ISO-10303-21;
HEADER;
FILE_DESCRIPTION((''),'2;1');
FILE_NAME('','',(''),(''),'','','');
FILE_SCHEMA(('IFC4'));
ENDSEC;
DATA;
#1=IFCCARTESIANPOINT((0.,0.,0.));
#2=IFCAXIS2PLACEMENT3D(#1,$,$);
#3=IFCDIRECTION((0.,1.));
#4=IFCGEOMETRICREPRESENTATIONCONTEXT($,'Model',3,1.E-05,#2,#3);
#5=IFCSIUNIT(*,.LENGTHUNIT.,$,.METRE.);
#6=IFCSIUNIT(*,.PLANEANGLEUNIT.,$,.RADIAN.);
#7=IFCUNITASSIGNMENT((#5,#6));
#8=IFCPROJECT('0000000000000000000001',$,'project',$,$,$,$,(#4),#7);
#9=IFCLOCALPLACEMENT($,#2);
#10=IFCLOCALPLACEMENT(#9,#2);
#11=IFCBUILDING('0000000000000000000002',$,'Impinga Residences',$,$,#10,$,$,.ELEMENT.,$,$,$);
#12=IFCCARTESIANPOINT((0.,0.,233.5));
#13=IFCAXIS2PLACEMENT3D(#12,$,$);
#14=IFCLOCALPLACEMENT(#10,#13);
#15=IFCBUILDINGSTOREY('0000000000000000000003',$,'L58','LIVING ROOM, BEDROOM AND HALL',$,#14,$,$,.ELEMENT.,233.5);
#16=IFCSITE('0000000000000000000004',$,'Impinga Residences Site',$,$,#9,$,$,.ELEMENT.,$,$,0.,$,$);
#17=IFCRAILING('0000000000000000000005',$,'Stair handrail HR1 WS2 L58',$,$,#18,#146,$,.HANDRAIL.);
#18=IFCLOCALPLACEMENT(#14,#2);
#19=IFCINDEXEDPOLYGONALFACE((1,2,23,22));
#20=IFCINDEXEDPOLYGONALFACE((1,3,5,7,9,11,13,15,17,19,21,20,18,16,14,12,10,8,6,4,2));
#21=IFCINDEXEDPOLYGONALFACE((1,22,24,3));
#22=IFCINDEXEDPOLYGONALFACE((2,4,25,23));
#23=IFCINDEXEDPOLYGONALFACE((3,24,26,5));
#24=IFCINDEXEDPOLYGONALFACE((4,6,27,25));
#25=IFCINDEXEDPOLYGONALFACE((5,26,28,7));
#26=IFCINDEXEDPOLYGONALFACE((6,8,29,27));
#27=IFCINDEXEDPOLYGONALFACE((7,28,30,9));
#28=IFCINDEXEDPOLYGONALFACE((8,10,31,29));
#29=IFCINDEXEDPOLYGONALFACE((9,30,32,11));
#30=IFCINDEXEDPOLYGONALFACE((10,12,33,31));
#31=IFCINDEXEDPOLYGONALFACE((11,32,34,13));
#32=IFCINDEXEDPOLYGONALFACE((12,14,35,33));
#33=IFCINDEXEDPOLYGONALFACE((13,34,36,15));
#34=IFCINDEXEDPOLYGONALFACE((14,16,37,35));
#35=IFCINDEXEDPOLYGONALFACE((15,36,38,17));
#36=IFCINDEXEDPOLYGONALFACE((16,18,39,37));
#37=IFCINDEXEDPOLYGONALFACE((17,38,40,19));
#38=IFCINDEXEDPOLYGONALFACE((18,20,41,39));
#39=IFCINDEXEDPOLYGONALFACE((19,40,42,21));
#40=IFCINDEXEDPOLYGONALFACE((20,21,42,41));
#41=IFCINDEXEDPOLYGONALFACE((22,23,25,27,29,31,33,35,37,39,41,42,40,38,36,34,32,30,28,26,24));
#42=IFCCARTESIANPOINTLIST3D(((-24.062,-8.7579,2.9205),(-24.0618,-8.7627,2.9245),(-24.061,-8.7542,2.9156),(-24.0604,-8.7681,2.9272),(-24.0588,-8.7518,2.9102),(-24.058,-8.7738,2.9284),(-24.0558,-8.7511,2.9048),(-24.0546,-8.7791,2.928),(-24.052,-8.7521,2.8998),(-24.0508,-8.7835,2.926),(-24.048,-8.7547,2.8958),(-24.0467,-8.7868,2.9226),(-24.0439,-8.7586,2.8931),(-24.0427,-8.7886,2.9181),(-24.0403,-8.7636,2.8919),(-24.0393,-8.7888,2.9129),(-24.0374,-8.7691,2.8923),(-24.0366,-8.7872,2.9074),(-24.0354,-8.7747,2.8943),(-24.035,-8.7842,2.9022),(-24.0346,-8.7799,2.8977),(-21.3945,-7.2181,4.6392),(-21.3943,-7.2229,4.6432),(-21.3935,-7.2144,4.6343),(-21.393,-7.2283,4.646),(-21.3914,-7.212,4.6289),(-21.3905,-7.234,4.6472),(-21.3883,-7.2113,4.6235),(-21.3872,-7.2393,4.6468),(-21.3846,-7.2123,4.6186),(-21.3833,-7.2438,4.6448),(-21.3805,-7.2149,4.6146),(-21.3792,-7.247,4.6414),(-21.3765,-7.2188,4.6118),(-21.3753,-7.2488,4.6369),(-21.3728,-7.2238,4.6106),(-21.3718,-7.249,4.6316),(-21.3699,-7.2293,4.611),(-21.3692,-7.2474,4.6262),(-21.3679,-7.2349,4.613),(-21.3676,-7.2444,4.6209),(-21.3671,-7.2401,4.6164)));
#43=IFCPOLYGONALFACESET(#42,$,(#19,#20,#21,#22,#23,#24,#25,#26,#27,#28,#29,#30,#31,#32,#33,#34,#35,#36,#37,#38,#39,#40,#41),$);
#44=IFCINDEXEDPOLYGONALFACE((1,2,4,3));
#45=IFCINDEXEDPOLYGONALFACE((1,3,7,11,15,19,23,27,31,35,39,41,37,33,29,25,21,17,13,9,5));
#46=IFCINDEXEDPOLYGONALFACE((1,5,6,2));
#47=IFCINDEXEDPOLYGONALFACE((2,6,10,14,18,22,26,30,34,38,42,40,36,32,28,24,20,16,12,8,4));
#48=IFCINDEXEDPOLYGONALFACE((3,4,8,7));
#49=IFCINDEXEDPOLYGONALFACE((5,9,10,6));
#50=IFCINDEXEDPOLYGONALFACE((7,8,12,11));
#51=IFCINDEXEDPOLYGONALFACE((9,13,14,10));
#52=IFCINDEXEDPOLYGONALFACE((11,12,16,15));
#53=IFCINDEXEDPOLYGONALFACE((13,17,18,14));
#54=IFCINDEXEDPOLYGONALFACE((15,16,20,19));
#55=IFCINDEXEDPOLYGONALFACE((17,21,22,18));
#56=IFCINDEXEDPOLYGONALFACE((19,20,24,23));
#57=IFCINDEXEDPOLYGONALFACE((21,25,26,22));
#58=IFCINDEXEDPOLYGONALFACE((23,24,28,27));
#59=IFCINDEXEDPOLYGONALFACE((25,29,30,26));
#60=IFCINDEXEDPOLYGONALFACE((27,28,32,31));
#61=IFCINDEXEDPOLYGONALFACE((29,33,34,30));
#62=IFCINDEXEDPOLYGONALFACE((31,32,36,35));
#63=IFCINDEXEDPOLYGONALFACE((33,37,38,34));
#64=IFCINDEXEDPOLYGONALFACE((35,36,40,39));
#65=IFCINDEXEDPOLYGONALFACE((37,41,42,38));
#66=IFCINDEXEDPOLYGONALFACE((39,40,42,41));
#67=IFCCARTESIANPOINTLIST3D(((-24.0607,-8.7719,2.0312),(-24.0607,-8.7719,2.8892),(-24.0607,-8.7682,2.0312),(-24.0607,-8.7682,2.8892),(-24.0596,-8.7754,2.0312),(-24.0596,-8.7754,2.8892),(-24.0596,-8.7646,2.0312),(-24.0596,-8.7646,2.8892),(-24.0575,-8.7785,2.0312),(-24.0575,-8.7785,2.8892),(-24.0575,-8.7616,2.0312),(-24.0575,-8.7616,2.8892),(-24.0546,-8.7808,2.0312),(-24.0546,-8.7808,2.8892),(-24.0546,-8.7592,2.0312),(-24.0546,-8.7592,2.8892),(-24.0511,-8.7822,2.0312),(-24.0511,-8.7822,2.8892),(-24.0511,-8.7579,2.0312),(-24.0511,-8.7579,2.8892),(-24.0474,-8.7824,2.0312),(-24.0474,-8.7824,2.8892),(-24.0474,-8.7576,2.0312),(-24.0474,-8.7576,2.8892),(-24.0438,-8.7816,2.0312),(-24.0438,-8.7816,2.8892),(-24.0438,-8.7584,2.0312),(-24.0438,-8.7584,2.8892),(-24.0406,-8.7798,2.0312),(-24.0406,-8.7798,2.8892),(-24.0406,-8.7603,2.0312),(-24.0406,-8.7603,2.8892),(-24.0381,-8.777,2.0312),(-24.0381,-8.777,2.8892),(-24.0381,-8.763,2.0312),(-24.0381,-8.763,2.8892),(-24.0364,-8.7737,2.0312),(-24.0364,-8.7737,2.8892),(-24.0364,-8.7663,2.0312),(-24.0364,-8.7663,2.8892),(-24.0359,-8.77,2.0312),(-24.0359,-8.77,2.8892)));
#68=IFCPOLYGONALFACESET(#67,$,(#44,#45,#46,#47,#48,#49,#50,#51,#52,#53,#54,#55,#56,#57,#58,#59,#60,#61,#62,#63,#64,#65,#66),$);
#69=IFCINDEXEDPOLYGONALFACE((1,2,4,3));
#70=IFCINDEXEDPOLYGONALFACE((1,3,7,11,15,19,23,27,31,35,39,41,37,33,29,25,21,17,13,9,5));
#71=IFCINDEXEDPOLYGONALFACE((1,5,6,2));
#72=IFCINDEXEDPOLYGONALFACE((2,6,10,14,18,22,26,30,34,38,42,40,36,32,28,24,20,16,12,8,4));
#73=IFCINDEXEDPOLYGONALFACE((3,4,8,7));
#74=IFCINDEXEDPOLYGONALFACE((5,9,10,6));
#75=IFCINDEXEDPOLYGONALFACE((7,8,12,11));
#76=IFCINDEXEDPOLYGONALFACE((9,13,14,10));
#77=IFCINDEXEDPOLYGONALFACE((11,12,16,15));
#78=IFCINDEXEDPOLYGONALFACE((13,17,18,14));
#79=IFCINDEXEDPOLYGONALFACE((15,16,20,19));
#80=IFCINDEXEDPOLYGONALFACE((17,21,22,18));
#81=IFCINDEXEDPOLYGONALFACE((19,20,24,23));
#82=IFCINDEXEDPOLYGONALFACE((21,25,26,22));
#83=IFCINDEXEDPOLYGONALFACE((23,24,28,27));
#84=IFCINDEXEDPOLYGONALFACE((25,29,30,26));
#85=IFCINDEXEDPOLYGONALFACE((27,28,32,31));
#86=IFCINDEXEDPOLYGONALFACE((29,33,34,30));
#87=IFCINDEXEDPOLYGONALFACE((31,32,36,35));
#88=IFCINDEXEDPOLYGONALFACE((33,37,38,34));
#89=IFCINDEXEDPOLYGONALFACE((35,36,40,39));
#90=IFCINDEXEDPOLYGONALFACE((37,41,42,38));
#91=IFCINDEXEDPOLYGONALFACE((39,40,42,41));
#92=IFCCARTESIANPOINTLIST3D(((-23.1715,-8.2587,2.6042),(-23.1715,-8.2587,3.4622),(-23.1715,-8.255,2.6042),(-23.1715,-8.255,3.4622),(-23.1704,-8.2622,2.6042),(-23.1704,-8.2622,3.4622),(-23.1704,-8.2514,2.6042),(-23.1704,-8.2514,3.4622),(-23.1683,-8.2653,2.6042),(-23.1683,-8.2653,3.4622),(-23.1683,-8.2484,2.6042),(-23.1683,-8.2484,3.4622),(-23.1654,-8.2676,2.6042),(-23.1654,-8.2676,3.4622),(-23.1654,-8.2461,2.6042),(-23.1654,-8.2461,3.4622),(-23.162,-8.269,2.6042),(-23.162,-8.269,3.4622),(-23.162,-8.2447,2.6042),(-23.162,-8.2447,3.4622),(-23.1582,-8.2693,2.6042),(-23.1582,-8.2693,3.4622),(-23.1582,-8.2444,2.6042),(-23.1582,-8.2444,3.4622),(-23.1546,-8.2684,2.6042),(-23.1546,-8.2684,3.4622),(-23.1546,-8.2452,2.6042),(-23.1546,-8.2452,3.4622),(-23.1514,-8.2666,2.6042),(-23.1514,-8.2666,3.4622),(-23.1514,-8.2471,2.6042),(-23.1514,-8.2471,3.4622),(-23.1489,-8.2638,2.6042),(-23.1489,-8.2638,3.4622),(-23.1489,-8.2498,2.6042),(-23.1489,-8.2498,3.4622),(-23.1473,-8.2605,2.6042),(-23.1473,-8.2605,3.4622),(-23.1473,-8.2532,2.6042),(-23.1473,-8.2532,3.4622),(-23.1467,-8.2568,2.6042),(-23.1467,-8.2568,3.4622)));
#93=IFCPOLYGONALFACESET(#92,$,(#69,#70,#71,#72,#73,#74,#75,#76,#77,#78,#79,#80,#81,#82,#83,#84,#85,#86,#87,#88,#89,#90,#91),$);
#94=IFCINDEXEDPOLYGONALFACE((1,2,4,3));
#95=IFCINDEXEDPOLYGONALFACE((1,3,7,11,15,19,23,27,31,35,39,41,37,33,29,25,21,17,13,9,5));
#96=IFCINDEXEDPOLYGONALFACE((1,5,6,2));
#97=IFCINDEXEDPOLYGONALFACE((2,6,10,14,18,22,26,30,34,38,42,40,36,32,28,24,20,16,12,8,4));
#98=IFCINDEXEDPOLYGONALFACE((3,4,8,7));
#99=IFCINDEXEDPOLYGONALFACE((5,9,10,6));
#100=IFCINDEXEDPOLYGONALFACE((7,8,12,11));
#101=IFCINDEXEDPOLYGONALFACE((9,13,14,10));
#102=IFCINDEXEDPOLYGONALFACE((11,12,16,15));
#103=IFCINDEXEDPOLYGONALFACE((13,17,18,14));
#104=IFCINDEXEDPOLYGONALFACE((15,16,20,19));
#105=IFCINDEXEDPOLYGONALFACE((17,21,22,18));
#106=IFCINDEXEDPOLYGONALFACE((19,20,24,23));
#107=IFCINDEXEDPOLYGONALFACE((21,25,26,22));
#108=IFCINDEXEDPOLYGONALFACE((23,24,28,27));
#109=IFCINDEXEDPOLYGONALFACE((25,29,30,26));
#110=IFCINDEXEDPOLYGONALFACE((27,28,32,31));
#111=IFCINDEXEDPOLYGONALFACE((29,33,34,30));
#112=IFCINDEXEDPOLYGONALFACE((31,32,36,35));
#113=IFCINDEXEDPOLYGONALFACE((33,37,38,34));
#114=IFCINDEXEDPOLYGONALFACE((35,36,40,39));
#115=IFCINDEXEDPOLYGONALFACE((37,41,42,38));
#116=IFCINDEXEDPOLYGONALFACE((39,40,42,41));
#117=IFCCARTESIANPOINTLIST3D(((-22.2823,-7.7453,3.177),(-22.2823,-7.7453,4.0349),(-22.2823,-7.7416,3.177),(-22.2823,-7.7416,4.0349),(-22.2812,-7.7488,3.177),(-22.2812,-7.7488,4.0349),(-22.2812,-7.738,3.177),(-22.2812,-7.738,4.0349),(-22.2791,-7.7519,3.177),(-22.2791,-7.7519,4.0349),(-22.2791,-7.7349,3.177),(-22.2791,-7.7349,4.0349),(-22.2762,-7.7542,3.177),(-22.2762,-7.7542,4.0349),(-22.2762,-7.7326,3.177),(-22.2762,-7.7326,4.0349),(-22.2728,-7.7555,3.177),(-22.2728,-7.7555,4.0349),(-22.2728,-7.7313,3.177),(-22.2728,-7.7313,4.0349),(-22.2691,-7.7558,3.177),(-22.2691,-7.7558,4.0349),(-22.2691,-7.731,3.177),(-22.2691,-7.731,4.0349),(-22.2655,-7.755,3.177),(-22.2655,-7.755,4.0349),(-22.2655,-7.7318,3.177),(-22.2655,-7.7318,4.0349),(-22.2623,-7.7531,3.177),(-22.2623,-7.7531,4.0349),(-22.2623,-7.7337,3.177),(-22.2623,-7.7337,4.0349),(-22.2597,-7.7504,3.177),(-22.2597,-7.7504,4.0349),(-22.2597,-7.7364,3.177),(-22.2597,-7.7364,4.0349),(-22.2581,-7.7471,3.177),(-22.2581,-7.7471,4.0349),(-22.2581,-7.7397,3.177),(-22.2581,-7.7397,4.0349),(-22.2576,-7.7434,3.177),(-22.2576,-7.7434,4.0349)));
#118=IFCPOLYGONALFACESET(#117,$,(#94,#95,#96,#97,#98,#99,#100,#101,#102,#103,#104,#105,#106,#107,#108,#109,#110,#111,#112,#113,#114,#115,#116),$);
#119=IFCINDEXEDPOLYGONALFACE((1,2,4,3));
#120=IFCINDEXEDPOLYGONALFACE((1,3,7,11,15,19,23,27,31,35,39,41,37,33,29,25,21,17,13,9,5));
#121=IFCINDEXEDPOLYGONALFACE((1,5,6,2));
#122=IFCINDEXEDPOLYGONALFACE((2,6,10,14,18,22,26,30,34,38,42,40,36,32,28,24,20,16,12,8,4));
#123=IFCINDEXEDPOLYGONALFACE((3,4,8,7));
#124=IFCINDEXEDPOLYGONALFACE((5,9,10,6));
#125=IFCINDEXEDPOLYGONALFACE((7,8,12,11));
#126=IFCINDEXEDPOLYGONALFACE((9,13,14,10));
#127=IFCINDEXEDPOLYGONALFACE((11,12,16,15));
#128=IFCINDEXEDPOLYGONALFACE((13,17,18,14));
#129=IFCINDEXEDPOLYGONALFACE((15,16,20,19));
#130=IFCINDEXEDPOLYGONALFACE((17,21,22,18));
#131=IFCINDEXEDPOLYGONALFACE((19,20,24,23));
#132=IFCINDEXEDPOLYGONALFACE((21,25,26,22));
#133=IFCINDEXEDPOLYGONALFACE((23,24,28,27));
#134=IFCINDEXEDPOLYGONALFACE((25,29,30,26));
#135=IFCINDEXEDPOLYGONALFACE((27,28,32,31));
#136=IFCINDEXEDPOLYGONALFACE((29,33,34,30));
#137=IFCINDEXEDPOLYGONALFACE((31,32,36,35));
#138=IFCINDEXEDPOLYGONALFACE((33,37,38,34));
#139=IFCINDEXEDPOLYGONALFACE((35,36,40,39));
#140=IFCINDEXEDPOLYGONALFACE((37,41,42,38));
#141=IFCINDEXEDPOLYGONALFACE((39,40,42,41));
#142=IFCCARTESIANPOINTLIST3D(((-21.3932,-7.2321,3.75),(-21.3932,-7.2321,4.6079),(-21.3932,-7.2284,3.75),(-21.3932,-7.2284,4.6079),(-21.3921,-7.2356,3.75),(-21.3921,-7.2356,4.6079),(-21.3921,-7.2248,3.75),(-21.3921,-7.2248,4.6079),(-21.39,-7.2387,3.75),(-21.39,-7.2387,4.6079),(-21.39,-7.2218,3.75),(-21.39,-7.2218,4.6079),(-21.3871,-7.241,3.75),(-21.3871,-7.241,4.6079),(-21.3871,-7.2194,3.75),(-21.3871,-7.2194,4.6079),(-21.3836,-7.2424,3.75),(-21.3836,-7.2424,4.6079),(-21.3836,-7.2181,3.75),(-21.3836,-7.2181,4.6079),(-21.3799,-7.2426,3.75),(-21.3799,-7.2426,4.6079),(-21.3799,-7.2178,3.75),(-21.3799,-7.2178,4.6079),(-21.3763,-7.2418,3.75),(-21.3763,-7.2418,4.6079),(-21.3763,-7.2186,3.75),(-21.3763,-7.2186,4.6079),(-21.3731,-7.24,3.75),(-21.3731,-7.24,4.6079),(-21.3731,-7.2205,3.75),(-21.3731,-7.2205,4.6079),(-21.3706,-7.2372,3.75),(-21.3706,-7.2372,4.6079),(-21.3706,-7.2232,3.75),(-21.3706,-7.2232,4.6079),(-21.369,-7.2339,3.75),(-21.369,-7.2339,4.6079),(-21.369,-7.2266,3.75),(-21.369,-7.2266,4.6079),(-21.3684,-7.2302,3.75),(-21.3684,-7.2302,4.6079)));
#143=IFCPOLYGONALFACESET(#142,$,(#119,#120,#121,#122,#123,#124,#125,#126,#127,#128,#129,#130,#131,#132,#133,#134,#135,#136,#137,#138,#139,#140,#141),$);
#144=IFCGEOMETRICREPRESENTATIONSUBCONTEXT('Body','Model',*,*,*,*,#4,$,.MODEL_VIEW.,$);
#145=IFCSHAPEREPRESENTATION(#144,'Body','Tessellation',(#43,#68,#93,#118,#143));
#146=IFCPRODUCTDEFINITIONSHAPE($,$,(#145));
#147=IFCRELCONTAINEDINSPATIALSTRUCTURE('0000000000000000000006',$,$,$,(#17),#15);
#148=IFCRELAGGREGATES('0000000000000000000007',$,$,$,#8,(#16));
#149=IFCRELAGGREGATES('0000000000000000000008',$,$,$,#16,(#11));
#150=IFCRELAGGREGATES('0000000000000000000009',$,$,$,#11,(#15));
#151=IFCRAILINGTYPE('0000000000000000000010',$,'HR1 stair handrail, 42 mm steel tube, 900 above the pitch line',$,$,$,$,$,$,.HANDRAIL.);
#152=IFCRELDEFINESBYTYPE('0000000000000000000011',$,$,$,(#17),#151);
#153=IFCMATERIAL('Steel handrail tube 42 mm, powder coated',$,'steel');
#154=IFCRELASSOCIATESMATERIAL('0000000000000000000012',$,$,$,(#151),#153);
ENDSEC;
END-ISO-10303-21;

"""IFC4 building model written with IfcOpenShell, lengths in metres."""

from ifc_helpers import new_model, si_unit, direction, frame, origin, origin_2d, place, context, subcontext, project, spatial, circle, extrude, material, type_object, element, save


model = new_model("IFC4")

# Units and contexts
model_context = context("Model", 3, precision=1e-05, world=origin(), true_north=direction((0.0, 1.0)))
body_context = subcontext(model_context, "Body", "Model", "MODEL_VIEW")
ifc_project = project(units=[si_unit("LENGTHUNIT", "METRE"), si_unit("PLANEANGLEUNIT", "RADIAN")], contexts=[model_context])

# Site, building, storey
site_placement = place(None, origin())
site = spatial("IfcSite", under=ifc_project, at=site_placement, Name="Impinga Residences Site", CompositionType="ELEMENT", RefElevation=0.0)
building_placement = place(site_placement, origin())
building = spatial("IfcBuilding", under=site, at=building_placement, Name="Impinga Residences", CompositionType="ELEMENT")
storey_placement = place(building_placement, frame((0.0, 0.0, 233.5)))
storey = spatial("IfcBuildingStorey", under=building, at=storey_placement, Name="L58", Description="LIVING ROOM, BEDROOM AND HALL", CompositionType="ELEMENT", Elevation=233.5)

# Railing
ifc_material_1 = material(Name="Steel handrail tube 42 mm, powder coated", Category="steel")
railing_type = type_object("IfcRailingType", Name="HR1 stair handrail, 42 mm steel tube, 900 above the pitch line", PredefinedType="HANDRAIL", material=ifc_material_1)
railing_1_placement = place(storey_placement, frame((-24.0483, -8.77, 2.0312)))
element("IfcRailing", 1, at=railing_1_placement, inside=storey, type_object=railing_type, Name="Stair handrail HR1 WS2 L58", PredefinedType="HANDRAIL", context=body_context, shape_type="SweptSolid", body=[
    extrude(circle(Radius=0.021, at=origin_2d()), frame((0.0, 0.0, 0.8789), z_axis=(0.756279, 0.43656, 0.487297), x_axis=(-0.499933, 0.866064, 0.0)), (0.0, 0.0, 1.0), 3.5271),
    extrude(circle(Radius=0.0125, at=origin_2d()), origin(), (0.0, 0.0, 1.0), 0.8579),
    extrude(circle(Radius=0.0125, at=origin_2d()), frame((0.8892, 0.5132, 0.573)), (0.0, 0.0, 1.0), 0.8579),
    extrude(circle(Radius=0.0125, at=origin_2d()), frame((1.7783, 1.0266, 1.1458)), (0.0, 0.0, 1.0), 0.8579),
    extrude(circle(Radius=0.0125, at=origin_2d()), frame((2.6675, 1.5398, 1.7188)), (0.0, 0.0, 1.0), 0.8579),
])

save(model, "model.ifc")
